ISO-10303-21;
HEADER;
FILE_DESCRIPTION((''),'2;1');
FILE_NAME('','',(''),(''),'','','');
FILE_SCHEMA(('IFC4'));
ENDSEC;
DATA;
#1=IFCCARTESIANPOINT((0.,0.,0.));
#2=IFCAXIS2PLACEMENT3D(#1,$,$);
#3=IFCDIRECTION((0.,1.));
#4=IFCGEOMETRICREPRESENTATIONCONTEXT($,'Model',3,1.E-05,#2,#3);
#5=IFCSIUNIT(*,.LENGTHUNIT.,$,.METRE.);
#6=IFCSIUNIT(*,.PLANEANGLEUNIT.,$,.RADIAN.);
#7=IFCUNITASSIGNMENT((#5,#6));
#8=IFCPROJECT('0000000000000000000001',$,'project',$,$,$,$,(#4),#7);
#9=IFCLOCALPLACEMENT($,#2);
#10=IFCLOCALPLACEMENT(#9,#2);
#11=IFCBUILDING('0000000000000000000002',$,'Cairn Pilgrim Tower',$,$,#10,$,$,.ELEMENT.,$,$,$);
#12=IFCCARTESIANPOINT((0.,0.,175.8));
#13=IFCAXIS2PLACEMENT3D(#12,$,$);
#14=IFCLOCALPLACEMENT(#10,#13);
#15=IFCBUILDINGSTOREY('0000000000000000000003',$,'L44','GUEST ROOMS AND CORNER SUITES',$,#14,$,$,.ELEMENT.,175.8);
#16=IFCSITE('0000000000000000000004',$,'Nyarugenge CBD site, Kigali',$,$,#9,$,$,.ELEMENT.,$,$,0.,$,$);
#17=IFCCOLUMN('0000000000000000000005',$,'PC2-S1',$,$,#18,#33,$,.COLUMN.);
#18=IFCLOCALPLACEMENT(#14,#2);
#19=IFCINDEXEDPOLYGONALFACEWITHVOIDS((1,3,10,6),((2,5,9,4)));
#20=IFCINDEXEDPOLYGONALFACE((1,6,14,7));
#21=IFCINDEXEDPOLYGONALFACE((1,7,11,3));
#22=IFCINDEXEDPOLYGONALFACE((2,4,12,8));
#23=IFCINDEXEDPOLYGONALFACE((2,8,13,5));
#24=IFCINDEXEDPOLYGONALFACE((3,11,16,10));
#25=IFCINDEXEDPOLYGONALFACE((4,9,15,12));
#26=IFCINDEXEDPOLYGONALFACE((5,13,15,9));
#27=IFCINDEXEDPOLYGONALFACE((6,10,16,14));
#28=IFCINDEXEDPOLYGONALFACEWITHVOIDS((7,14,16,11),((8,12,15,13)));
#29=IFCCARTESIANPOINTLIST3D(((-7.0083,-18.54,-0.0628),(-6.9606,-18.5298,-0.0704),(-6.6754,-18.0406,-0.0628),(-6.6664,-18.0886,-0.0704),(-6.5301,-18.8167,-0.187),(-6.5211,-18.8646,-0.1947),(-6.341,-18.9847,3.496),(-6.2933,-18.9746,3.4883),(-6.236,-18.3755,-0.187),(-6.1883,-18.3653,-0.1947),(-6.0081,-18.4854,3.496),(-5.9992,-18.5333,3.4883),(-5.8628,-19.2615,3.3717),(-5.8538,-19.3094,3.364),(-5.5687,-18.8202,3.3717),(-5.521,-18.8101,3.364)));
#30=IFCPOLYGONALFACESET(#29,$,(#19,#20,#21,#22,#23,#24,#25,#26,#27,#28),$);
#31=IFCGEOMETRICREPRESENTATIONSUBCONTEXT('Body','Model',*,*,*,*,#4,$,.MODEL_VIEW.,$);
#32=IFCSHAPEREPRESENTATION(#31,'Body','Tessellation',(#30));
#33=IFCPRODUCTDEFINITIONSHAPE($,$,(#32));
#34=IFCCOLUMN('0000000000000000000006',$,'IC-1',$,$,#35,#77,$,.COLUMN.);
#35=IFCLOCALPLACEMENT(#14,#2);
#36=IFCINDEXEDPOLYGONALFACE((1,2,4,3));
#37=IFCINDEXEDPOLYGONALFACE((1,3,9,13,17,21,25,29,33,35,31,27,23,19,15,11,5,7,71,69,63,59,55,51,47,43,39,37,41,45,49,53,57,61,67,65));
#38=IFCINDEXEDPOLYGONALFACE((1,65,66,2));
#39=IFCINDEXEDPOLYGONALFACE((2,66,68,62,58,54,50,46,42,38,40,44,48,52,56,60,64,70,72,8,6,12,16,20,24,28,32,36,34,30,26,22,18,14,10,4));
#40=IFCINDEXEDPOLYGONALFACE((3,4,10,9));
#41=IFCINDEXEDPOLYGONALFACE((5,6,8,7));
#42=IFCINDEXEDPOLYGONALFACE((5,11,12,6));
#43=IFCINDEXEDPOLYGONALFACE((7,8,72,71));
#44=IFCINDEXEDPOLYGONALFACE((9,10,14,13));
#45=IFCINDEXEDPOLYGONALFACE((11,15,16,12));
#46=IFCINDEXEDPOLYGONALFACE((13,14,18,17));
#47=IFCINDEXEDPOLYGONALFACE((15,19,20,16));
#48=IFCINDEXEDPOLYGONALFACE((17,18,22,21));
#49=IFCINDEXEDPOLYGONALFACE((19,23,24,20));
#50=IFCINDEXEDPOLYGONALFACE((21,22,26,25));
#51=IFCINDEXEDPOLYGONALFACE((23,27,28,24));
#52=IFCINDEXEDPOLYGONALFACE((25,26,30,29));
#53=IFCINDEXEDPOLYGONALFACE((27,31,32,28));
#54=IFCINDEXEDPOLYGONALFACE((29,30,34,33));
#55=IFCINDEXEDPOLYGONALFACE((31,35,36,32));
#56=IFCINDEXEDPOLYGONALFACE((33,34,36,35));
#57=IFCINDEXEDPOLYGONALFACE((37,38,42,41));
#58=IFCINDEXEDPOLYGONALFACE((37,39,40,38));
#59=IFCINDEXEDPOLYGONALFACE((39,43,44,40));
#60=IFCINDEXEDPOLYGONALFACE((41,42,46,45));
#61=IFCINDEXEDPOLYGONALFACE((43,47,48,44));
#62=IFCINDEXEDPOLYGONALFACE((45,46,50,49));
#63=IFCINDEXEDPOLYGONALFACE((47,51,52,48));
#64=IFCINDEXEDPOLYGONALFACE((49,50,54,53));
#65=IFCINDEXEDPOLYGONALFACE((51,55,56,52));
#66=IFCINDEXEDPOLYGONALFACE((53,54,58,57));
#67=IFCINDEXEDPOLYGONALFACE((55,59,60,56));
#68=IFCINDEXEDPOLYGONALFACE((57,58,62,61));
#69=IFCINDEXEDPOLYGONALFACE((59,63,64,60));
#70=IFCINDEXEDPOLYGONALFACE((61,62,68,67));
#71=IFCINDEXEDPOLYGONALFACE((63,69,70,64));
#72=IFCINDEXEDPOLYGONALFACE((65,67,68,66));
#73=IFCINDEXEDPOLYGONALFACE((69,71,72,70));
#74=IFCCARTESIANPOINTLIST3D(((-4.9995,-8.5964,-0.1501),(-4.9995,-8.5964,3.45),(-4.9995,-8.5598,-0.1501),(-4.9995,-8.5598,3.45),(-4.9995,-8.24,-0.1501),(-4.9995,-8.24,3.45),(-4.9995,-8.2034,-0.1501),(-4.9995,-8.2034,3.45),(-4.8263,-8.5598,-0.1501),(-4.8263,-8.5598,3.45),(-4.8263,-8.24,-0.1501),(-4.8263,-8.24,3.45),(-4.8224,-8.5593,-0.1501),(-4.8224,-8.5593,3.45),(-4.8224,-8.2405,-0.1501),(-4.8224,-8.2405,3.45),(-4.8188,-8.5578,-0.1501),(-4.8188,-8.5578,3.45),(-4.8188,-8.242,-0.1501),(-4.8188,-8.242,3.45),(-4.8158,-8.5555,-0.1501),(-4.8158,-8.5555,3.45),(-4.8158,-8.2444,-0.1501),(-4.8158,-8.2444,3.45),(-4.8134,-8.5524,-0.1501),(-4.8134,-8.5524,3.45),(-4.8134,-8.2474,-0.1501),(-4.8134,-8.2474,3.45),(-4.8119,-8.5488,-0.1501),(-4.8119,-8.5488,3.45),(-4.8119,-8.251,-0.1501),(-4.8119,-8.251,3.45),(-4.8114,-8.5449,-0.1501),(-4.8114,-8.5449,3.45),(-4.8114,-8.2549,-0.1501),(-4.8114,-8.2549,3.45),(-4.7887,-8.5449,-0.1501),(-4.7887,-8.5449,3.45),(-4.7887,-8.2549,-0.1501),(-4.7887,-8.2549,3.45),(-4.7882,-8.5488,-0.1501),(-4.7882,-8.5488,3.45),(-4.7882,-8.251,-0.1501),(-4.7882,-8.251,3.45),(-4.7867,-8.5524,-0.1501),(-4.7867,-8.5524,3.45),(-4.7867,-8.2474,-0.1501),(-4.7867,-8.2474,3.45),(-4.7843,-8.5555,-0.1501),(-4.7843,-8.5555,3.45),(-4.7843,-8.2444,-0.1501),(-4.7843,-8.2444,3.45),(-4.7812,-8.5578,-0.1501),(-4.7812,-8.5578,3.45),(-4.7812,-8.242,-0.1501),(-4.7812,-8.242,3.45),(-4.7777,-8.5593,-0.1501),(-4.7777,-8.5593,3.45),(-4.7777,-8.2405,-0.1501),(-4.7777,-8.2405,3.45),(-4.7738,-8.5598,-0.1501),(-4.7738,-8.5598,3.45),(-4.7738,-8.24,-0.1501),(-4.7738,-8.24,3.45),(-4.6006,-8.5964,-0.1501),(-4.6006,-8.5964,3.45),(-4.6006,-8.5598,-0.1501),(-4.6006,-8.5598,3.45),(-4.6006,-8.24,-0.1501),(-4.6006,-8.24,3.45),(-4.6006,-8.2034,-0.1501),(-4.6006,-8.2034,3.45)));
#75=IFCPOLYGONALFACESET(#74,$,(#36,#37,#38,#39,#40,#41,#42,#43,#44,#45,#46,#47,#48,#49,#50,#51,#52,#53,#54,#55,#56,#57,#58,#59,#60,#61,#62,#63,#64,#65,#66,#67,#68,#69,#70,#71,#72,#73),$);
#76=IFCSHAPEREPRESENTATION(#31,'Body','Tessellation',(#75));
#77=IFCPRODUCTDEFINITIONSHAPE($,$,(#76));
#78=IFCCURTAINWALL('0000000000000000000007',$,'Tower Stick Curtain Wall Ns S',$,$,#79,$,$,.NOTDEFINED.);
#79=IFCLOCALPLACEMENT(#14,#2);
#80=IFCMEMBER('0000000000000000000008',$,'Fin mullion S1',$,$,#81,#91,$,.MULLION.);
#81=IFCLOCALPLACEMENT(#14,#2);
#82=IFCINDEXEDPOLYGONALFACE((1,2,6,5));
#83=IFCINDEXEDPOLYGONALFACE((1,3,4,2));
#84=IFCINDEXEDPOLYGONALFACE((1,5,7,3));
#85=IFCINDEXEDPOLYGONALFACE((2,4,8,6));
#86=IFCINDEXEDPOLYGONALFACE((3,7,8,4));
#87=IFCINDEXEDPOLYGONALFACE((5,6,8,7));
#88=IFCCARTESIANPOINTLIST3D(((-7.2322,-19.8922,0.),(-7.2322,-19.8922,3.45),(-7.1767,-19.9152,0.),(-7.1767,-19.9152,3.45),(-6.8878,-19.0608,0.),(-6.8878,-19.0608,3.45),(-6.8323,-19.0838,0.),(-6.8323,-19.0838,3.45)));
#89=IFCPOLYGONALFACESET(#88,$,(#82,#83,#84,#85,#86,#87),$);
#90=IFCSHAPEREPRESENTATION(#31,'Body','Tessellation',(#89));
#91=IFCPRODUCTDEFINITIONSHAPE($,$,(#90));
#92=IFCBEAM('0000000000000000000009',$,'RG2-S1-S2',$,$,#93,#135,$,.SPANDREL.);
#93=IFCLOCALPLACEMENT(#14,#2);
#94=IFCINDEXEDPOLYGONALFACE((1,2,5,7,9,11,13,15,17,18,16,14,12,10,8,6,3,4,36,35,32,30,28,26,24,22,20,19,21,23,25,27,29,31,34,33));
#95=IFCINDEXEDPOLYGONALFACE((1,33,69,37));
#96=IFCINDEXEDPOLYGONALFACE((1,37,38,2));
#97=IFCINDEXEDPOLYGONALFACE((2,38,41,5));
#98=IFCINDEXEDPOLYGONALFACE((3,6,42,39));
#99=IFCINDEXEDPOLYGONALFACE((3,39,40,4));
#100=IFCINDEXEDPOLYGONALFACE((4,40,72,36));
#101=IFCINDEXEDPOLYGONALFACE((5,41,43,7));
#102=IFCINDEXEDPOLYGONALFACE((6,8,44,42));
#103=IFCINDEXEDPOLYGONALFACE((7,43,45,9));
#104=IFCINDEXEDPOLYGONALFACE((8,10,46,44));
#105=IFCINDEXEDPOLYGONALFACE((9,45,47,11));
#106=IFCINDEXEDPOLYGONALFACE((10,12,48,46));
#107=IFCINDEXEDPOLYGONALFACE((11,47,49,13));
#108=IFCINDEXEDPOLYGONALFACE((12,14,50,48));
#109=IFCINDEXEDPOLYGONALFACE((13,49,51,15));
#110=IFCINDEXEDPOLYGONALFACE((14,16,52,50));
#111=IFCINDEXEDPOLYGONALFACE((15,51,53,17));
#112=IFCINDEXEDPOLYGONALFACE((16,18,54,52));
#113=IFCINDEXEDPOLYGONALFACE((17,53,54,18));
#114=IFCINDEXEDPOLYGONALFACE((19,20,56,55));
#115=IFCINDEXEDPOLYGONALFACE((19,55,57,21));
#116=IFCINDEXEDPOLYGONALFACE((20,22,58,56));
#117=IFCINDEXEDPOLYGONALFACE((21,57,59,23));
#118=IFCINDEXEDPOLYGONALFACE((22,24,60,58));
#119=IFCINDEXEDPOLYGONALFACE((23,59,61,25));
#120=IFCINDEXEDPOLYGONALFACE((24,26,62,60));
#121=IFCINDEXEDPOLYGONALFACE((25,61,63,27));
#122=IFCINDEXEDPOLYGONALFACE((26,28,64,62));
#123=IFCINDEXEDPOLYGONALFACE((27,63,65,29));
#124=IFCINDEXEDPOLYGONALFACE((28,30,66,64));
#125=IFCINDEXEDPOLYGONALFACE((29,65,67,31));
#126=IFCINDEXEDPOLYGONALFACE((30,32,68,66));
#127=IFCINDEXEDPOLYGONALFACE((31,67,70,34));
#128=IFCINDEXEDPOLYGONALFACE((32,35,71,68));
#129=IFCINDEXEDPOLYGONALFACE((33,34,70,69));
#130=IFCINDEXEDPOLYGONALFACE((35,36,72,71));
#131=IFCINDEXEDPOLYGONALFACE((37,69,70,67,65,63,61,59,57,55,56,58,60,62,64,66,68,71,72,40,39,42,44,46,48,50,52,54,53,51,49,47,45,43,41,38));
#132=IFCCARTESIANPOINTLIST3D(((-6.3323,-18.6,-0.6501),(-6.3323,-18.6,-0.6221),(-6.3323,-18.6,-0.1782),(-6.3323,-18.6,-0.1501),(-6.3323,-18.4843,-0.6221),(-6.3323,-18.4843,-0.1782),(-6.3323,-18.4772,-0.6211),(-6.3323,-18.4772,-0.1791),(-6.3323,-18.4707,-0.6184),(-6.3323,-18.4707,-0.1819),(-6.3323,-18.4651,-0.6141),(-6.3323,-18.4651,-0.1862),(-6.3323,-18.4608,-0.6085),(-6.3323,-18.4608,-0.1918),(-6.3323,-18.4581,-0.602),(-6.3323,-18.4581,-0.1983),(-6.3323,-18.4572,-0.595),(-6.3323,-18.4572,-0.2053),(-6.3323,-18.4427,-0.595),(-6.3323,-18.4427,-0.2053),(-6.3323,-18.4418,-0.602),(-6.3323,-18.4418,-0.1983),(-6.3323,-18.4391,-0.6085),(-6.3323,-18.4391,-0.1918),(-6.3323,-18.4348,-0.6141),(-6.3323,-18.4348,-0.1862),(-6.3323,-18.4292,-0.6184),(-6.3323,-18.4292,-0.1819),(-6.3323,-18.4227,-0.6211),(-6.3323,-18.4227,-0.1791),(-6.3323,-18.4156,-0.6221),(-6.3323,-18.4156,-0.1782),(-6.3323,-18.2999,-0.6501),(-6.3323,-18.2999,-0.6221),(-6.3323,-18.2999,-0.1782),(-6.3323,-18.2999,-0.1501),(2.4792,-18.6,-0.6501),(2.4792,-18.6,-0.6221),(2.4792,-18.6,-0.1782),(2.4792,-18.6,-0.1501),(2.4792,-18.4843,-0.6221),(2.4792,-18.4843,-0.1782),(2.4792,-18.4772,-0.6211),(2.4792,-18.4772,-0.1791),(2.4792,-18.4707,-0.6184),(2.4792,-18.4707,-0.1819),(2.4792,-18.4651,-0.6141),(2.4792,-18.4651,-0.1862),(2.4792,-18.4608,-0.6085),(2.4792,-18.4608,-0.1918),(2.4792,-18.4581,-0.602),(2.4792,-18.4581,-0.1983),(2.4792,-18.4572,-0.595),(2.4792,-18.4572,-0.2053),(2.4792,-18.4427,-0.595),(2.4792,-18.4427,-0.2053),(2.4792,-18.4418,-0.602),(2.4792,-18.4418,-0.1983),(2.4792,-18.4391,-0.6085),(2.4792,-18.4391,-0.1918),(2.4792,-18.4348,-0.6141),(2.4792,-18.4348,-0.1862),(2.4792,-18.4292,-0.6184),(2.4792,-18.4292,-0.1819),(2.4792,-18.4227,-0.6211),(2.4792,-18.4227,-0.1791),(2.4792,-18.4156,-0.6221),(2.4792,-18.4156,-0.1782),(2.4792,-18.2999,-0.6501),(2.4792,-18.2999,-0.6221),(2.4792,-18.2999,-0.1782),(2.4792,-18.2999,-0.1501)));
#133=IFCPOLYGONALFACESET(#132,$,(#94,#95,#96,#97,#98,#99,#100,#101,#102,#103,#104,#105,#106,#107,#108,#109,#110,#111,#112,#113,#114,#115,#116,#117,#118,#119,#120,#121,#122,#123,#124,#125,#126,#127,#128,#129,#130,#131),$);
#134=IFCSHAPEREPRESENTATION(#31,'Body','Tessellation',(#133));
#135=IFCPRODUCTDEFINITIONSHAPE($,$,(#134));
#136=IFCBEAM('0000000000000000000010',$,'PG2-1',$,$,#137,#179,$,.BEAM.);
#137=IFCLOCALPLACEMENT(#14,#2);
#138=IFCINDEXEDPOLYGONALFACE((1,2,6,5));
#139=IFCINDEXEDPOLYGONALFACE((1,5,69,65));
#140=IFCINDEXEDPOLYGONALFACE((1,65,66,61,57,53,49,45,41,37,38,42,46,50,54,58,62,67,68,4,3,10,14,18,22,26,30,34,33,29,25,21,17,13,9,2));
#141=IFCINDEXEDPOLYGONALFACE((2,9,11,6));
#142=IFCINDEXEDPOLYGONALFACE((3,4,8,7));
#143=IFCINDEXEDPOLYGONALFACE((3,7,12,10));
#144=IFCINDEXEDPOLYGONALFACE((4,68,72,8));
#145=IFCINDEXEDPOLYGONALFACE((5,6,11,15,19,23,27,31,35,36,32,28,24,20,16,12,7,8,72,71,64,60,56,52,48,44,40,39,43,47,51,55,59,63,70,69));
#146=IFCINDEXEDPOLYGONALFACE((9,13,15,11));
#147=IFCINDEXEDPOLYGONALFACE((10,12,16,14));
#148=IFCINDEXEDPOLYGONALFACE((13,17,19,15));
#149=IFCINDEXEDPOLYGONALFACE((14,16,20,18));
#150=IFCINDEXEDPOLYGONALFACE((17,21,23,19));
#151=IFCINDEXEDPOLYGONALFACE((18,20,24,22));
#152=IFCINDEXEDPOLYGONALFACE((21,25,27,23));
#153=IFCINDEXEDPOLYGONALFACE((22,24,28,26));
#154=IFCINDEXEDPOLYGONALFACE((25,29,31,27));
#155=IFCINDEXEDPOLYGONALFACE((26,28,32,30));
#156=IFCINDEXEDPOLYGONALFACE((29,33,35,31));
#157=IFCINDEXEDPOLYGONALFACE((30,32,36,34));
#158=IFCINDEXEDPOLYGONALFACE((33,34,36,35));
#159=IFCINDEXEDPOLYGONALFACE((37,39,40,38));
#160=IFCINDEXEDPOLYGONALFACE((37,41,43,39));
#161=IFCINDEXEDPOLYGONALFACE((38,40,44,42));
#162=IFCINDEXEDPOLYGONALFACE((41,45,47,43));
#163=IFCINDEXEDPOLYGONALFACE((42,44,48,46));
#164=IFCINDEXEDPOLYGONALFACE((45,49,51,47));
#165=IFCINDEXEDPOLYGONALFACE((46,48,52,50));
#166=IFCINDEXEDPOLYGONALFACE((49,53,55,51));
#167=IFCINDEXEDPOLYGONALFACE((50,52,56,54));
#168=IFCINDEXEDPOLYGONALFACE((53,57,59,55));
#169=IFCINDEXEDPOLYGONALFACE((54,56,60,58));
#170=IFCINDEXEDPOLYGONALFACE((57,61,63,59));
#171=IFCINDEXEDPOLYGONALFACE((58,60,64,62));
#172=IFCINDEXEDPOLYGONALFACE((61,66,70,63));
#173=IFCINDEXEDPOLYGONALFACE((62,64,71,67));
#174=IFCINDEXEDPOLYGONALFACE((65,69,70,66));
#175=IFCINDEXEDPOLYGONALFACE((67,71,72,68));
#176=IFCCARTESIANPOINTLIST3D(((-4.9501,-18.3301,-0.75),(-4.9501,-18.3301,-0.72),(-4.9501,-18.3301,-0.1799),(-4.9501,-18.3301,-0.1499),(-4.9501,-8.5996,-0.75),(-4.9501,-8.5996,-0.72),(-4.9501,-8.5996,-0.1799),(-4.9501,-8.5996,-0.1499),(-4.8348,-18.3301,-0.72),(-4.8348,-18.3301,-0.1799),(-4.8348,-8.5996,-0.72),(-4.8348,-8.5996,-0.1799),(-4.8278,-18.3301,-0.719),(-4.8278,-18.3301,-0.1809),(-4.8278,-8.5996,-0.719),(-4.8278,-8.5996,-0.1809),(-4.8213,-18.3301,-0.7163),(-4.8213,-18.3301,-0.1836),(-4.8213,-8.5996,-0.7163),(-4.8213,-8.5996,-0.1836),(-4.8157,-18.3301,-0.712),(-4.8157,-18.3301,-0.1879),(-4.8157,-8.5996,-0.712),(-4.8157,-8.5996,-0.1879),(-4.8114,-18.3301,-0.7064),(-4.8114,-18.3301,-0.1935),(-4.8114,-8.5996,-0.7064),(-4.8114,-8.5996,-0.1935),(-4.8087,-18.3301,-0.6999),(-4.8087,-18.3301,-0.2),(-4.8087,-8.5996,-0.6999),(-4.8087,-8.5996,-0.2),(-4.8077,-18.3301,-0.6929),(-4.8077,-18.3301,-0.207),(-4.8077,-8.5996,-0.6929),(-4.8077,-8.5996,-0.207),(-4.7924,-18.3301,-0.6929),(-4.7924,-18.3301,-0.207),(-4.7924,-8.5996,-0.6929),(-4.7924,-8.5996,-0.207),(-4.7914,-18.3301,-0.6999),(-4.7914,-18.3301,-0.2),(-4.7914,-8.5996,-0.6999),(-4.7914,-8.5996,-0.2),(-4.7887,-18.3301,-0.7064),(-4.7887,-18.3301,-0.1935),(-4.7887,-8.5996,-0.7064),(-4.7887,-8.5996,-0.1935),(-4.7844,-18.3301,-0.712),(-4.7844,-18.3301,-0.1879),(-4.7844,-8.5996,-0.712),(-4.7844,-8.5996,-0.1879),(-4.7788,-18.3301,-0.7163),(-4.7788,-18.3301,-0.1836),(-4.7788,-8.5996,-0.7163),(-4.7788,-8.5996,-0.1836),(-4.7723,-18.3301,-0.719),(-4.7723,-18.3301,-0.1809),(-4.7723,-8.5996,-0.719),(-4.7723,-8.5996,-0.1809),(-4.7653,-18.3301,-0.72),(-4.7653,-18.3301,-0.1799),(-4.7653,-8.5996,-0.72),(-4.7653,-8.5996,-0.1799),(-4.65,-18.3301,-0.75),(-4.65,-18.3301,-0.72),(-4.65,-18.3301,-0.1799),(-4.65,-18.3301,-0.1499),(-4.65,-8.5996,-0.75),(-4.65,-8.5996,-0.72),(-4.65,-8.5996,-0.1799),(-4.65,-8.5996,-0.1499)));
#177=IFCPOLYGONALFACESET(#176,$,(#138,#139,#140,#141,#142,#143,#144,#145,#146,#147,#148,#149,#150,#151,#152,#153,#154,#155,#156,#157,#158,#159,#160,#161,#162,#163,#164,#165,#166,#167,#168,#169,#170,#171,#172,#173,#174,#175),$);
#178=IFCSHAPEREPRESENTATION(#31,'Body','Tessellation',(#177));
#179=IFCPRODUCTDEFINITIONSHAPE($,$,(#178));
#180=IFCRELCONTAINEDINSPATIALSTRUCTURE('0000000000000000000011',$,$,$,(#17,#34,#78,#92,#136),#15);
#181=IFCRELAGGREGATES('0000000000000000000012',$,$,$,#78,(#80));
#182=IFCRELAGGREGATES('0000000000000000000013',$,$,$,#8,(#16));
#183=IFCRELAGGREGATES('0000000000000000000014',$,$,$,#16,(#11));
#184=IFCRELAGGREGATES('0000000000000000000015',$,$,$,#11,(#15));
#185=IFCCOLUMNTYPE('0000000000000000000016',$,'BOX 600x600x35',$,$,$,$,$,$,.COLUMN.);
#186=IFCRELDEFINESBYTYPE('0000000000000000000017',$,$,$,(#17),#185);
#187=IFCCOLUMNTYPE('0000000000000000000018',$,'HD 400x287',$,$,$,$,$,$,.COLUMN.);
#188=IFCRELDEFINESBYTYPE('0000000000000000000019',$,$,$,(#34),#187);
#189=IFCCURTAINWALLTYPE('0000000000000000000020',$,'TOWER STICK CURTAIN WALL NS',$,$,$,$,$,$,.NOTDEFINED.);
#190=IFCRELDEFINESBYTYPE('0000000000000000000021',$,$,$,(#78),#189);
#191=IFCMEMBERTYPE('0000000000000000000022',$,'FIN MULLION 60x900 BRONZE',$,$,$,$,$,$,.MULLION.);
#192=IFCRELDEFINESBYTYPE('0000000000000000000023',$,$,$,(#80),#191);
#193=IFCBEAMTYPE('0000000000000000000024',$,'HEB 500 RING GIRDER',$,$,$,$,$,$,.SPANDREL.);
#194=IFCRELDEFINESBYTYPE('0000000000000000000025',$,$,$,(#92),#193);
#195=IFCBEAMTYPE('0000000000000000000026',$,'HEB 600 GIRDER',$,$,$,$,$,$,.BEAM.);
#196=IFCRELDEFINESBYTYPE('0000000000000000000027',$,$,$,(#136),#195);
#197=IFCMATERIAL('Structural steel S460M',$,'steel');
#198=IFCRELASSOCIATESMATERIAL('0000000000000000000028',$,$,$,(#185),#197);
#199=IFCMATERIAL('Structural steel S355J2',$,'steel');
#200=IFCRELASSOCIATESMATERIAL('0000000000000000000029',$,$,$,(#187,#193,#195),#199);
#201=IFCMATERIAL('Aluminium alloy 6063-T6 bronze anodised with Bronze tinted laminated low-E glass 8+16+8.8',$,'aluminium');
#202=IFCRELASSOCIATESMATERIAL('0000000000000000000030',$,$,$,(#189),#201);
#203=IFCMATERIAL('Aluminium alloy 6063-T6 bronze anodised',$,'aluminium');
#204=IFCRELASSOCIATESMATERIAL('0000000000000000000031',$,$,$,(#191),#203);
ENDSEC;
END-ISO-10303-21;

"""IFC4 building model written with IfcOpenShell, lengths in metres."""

from ifc_helpers import new_model, si_unit, direction, frame, origin, origin_2d, place, context, subcontext, project, spatial, rectangle, hollow_rectangle, i_section, extrude, clip, halfspace, material, material_profile, profile_set, type_object, element, aggregate, save


model = new_model("IFC4")

# Units and contexts
model_context = context("Model", 3, precision=1e-05, world=origin(), true_north=direction((0.0, 1.0)))
body_context = subcontext(model_context, "Body", "Model", "MODEL_VIEW")
ifc_project = project(units=[si_unit("LENGTHUNIT", "METRE"), si_unit("PLANEANGLEUNIT", "RADIAN")], contexts=[model_context])

# Site, building, storey
site_placement = place(None, origin())
site = spatial("IfcSite", under=ifc_project, at=site_placement, Name="Nyarugenge CBD site, Kigali", CompositionType="ELEMENT", RefElevation=0.0)
building_placement = place(site_placement, origin())
building = spatial("IfcBuilding", under=site, at=building_placement, Name="Cairn Pilgrim Tower", CompositionType="ELEMENT")
storey_placement = place(building_placement, frame((0.0, 0.0, 175.8)))
storey = spatial("IfcBuildingStorey", under=building, at=storey_placement, Name="L44", Description="GUEST ROOMS AND CORNER SUITES", CompositionType="ELEMENT", Elevation=175.8)

# Columns
ifc_material_1 = material(Name="Structural steel S460M", Category="steel")
ifc_material_profile_1 = material_profile(ifc_material_1, hollow_rectangle(XDim=0.6001, YDim=0.6001, WallThickness=0.0349, at=origin_2d()), Name="BOX 600x600x35")
ifc_profile_set_1 = profile_set([ifc_material_profile_1], Name="Structural steel S460M")
column_type_1 = type_object("IfcColumnType", Name="BOX 600x600x35", PredefinedType="COLUMN", material=ifc_profile_set_1)
column_1_placement = place(storey_placement, frame((-6.6023, -18.45, -0.1501), z_axis=(0.182922, -0.121926, 0.975538), x_axis=(0.554631, 0.832097, 0.0)))
element("IfcColumn", 1, at=column_1_placement, inside=storey, type_object=column_type_1, Name="PC2-S1", PredefinedType="COLUMN", context=body_context, shape_type="Clipping", body=[
    clip(clip(extrude(hollow_rectangle(XDim=0.6001, YDim=0.6001, WallThickness=0.0349, at=origin_2d()), origin(), (0.0, 0.0, 1.0), 3.6904), halfspace(frame((0.0, 0.0, 0.022), z_axis=(0.0, 0.0, 1.0), x_axis=(1.0, 0.0, 0.0)), True)), halfspace(frame((0.0, 0.0, 3.6699), z_axis=(0.0, 0.0, 1.0), x_axis=(1.0, 0.0, 0.0)), False)),
])
ifc_material_2 = material(Name="Structural steel S355J2", Category="steel")
ifc_material_profile_2 = material_profile(ifc_material_2, i_section(OverallWidth=0.3989, OverallDepth=0.3931, WebThickness=0.0227, FlangeThickness=0.0366, FilletRadius=0.0149, at=origin_2d()), Name="HD 400x287")
ifc_profile_set_2 = profile_set([ifc_material_profile_2], Name="Structural steel S355J2")
column_type_2 = type_object("IfcColumnType", Name="HD 400x287", PredefinedType="COLUMN", material=ifc_profile_set_2)
column_2_placement = place(storey_placement, frame((-4.8, -8.3999, -0.1501), z_axis=(0.0, 0.0, 1.0), x_axis=(1.0, 0.0, 0.0)))
element("IfcColumn", 2, at=column_2_placement, inside=storey, type_object=column_type_2, Name="IC-1", PredefinedType="COLUMN", context=body_context, shape_type="SweptSolid", body=[
    extrude(i_section(OverallWidth=0.3989, OverallDepth=0.3931, WebThickness=0.0227, FlangeThickness=0.0366, FilletRadius=0.0149, at=origin_2d()), origin(), (0.0, 0.0, 1.0), 3.6001),
])

# Curtain wall, member
ifc_material_3 = material(Name="Aluminium alloy 6063-T6 bronze anodised with Bronze tinted laminated low-E glass 8+16+8.8", Category="aluminium")
curtain_wall_type = type_object("IfcCurtainWallType", Name="TOWER STICK CURTAIN WALL NS", PredefinedType="NOTDEFINED", material=ifc_material_3)
curtain_wall_placement = place(storey_placement, origin())
curtain_wall = element("IfcCurtainWall", 3, at=curtain_wall_placement, inside=storey, type_object=curtain_wall_type, Name="Tower Stick Curtain Wall Ns S", PredefinedType="NOTDEFINED")
ifc_material_4 = material(Name="Aluminium alloy 6063-T6 bronze anodised", Category="aluminium")
ifc_material_profile_3 = material_profile(ifc_material_4, rectangle(XDim=0.8999, YDim=0.0601, at=origin_2d()), Name="FIN MULLION 60x900 BRONZE")
ifc_profile_set_3 = profile_set([ifc_material_profile_3], Name="Aluminium alloy 6063-T6 bronze anodised")
member_type = type_object("IfcMemberType", Name="FIN MULLION 60x900 BRONZE", PredefinedType="MULLION", material=ifc_profile_set_3)
member_placement = place(storey_placement, frame((-7.0322, -19.488, 0.0), z_axis=(0.0, 0.0, 1.0), x_axis=(-0.382683, -0.92388, 0.0)))
member = element("IfcMember", 4, at=member_placement, type_object=member_type, Name="Fin mullion S1", PredefinedType="MULLION", context=body_context, shape_type="SweptSolid", body=[
    extrude(rectangle(XDim=0.8999, YDim=0.0601, at=origin_2d()), origin(), (0.0, 0.0, 1.0), 3.45),
])
aggregate(curtain_wall, [member])

# Beams
ifc_material_profile_4 = material_profile(ifc_material_2, i_section(OverallWidth=0.3, OverallDepth=0.5, WebThickness=0.0144, FlangeThickness=0.0281, FilletRadius=0.0271, at=origin_2d()), Name="HEB 500")
ifc_profile_set_4 = profile_set([ifc_material_profile_4], Name="Structural steel S355J2")
beam_type_1 = type_object("IfcBeamType", Name="HEB 500 RING GIRDER", PredefinedType="SPANDREL", material=ifc_profile_set_4)
beam_1_placement = place(storey_placement, frame((-6.3323, -18.45, -0.4001), z_axis=(1.0, 0.0, 0.0), x_axis=(0.0, 1.0, 0.0)))
element("IfcBeam", 5, at=beam_1_placement, inside=storey, type_object=beam_type_1, Name="RG2-S1-S2", PredefinedType="SPANDREL", context=body_context, shape_type="SweptSolid", body=[
    extrude(i_section(OverallWidth=0.3, OverallDepth=0.5, WebThickness=0.0144, FlangeThickness=0.0281, FilletRadius=0.0271, at=origin_2d()), origin(), (0.0, 0.0, 1.0), 8.8115),
])
ifc_material_profile_5 = material_profile(ifc_material_2, i_section(OverallWidth=0.3, OverallDepth=0.6001, WebThickness=0.0154, FlangeThickness=0.03, FilletRadius=0.0271, at=origin_2d()), Name="HEB 600")
ifc_profile_set_5 = profile_set([ifc_material_profile_5], Name="Structural steel S355J2")
beam_type_2 = type_object("IfcBeamType", Name="HEB 600 GIRDER", PredefinedType="BEAM", material=ifc_profile_set_5)
beam_2_placement = place(storey_placement, frame((-4.8, -18.3301, -0.45), z_axis=(0.0, 1.0, 0.0), x_axis=(-1.0, 0.0, 0.0)))
element("IfcBeam", 6, at=beam_2_placement, inside=storey, type_object=beam_type_2, Name="PG2-1", PredefinedType="BEAM", context=body_context, shape_type="SweptSolid", body=[
    extrude(i_section(OverallWidth=0.3, OverallDepth=0.6001, WebThickness=0.0154, FlangeThickness=0.03, FilletRadius=0.0271, at=origin_2d()), origin(), (0.0, 0.0, 1.0), 9.7305),
])

save(model, "model.ifc")
